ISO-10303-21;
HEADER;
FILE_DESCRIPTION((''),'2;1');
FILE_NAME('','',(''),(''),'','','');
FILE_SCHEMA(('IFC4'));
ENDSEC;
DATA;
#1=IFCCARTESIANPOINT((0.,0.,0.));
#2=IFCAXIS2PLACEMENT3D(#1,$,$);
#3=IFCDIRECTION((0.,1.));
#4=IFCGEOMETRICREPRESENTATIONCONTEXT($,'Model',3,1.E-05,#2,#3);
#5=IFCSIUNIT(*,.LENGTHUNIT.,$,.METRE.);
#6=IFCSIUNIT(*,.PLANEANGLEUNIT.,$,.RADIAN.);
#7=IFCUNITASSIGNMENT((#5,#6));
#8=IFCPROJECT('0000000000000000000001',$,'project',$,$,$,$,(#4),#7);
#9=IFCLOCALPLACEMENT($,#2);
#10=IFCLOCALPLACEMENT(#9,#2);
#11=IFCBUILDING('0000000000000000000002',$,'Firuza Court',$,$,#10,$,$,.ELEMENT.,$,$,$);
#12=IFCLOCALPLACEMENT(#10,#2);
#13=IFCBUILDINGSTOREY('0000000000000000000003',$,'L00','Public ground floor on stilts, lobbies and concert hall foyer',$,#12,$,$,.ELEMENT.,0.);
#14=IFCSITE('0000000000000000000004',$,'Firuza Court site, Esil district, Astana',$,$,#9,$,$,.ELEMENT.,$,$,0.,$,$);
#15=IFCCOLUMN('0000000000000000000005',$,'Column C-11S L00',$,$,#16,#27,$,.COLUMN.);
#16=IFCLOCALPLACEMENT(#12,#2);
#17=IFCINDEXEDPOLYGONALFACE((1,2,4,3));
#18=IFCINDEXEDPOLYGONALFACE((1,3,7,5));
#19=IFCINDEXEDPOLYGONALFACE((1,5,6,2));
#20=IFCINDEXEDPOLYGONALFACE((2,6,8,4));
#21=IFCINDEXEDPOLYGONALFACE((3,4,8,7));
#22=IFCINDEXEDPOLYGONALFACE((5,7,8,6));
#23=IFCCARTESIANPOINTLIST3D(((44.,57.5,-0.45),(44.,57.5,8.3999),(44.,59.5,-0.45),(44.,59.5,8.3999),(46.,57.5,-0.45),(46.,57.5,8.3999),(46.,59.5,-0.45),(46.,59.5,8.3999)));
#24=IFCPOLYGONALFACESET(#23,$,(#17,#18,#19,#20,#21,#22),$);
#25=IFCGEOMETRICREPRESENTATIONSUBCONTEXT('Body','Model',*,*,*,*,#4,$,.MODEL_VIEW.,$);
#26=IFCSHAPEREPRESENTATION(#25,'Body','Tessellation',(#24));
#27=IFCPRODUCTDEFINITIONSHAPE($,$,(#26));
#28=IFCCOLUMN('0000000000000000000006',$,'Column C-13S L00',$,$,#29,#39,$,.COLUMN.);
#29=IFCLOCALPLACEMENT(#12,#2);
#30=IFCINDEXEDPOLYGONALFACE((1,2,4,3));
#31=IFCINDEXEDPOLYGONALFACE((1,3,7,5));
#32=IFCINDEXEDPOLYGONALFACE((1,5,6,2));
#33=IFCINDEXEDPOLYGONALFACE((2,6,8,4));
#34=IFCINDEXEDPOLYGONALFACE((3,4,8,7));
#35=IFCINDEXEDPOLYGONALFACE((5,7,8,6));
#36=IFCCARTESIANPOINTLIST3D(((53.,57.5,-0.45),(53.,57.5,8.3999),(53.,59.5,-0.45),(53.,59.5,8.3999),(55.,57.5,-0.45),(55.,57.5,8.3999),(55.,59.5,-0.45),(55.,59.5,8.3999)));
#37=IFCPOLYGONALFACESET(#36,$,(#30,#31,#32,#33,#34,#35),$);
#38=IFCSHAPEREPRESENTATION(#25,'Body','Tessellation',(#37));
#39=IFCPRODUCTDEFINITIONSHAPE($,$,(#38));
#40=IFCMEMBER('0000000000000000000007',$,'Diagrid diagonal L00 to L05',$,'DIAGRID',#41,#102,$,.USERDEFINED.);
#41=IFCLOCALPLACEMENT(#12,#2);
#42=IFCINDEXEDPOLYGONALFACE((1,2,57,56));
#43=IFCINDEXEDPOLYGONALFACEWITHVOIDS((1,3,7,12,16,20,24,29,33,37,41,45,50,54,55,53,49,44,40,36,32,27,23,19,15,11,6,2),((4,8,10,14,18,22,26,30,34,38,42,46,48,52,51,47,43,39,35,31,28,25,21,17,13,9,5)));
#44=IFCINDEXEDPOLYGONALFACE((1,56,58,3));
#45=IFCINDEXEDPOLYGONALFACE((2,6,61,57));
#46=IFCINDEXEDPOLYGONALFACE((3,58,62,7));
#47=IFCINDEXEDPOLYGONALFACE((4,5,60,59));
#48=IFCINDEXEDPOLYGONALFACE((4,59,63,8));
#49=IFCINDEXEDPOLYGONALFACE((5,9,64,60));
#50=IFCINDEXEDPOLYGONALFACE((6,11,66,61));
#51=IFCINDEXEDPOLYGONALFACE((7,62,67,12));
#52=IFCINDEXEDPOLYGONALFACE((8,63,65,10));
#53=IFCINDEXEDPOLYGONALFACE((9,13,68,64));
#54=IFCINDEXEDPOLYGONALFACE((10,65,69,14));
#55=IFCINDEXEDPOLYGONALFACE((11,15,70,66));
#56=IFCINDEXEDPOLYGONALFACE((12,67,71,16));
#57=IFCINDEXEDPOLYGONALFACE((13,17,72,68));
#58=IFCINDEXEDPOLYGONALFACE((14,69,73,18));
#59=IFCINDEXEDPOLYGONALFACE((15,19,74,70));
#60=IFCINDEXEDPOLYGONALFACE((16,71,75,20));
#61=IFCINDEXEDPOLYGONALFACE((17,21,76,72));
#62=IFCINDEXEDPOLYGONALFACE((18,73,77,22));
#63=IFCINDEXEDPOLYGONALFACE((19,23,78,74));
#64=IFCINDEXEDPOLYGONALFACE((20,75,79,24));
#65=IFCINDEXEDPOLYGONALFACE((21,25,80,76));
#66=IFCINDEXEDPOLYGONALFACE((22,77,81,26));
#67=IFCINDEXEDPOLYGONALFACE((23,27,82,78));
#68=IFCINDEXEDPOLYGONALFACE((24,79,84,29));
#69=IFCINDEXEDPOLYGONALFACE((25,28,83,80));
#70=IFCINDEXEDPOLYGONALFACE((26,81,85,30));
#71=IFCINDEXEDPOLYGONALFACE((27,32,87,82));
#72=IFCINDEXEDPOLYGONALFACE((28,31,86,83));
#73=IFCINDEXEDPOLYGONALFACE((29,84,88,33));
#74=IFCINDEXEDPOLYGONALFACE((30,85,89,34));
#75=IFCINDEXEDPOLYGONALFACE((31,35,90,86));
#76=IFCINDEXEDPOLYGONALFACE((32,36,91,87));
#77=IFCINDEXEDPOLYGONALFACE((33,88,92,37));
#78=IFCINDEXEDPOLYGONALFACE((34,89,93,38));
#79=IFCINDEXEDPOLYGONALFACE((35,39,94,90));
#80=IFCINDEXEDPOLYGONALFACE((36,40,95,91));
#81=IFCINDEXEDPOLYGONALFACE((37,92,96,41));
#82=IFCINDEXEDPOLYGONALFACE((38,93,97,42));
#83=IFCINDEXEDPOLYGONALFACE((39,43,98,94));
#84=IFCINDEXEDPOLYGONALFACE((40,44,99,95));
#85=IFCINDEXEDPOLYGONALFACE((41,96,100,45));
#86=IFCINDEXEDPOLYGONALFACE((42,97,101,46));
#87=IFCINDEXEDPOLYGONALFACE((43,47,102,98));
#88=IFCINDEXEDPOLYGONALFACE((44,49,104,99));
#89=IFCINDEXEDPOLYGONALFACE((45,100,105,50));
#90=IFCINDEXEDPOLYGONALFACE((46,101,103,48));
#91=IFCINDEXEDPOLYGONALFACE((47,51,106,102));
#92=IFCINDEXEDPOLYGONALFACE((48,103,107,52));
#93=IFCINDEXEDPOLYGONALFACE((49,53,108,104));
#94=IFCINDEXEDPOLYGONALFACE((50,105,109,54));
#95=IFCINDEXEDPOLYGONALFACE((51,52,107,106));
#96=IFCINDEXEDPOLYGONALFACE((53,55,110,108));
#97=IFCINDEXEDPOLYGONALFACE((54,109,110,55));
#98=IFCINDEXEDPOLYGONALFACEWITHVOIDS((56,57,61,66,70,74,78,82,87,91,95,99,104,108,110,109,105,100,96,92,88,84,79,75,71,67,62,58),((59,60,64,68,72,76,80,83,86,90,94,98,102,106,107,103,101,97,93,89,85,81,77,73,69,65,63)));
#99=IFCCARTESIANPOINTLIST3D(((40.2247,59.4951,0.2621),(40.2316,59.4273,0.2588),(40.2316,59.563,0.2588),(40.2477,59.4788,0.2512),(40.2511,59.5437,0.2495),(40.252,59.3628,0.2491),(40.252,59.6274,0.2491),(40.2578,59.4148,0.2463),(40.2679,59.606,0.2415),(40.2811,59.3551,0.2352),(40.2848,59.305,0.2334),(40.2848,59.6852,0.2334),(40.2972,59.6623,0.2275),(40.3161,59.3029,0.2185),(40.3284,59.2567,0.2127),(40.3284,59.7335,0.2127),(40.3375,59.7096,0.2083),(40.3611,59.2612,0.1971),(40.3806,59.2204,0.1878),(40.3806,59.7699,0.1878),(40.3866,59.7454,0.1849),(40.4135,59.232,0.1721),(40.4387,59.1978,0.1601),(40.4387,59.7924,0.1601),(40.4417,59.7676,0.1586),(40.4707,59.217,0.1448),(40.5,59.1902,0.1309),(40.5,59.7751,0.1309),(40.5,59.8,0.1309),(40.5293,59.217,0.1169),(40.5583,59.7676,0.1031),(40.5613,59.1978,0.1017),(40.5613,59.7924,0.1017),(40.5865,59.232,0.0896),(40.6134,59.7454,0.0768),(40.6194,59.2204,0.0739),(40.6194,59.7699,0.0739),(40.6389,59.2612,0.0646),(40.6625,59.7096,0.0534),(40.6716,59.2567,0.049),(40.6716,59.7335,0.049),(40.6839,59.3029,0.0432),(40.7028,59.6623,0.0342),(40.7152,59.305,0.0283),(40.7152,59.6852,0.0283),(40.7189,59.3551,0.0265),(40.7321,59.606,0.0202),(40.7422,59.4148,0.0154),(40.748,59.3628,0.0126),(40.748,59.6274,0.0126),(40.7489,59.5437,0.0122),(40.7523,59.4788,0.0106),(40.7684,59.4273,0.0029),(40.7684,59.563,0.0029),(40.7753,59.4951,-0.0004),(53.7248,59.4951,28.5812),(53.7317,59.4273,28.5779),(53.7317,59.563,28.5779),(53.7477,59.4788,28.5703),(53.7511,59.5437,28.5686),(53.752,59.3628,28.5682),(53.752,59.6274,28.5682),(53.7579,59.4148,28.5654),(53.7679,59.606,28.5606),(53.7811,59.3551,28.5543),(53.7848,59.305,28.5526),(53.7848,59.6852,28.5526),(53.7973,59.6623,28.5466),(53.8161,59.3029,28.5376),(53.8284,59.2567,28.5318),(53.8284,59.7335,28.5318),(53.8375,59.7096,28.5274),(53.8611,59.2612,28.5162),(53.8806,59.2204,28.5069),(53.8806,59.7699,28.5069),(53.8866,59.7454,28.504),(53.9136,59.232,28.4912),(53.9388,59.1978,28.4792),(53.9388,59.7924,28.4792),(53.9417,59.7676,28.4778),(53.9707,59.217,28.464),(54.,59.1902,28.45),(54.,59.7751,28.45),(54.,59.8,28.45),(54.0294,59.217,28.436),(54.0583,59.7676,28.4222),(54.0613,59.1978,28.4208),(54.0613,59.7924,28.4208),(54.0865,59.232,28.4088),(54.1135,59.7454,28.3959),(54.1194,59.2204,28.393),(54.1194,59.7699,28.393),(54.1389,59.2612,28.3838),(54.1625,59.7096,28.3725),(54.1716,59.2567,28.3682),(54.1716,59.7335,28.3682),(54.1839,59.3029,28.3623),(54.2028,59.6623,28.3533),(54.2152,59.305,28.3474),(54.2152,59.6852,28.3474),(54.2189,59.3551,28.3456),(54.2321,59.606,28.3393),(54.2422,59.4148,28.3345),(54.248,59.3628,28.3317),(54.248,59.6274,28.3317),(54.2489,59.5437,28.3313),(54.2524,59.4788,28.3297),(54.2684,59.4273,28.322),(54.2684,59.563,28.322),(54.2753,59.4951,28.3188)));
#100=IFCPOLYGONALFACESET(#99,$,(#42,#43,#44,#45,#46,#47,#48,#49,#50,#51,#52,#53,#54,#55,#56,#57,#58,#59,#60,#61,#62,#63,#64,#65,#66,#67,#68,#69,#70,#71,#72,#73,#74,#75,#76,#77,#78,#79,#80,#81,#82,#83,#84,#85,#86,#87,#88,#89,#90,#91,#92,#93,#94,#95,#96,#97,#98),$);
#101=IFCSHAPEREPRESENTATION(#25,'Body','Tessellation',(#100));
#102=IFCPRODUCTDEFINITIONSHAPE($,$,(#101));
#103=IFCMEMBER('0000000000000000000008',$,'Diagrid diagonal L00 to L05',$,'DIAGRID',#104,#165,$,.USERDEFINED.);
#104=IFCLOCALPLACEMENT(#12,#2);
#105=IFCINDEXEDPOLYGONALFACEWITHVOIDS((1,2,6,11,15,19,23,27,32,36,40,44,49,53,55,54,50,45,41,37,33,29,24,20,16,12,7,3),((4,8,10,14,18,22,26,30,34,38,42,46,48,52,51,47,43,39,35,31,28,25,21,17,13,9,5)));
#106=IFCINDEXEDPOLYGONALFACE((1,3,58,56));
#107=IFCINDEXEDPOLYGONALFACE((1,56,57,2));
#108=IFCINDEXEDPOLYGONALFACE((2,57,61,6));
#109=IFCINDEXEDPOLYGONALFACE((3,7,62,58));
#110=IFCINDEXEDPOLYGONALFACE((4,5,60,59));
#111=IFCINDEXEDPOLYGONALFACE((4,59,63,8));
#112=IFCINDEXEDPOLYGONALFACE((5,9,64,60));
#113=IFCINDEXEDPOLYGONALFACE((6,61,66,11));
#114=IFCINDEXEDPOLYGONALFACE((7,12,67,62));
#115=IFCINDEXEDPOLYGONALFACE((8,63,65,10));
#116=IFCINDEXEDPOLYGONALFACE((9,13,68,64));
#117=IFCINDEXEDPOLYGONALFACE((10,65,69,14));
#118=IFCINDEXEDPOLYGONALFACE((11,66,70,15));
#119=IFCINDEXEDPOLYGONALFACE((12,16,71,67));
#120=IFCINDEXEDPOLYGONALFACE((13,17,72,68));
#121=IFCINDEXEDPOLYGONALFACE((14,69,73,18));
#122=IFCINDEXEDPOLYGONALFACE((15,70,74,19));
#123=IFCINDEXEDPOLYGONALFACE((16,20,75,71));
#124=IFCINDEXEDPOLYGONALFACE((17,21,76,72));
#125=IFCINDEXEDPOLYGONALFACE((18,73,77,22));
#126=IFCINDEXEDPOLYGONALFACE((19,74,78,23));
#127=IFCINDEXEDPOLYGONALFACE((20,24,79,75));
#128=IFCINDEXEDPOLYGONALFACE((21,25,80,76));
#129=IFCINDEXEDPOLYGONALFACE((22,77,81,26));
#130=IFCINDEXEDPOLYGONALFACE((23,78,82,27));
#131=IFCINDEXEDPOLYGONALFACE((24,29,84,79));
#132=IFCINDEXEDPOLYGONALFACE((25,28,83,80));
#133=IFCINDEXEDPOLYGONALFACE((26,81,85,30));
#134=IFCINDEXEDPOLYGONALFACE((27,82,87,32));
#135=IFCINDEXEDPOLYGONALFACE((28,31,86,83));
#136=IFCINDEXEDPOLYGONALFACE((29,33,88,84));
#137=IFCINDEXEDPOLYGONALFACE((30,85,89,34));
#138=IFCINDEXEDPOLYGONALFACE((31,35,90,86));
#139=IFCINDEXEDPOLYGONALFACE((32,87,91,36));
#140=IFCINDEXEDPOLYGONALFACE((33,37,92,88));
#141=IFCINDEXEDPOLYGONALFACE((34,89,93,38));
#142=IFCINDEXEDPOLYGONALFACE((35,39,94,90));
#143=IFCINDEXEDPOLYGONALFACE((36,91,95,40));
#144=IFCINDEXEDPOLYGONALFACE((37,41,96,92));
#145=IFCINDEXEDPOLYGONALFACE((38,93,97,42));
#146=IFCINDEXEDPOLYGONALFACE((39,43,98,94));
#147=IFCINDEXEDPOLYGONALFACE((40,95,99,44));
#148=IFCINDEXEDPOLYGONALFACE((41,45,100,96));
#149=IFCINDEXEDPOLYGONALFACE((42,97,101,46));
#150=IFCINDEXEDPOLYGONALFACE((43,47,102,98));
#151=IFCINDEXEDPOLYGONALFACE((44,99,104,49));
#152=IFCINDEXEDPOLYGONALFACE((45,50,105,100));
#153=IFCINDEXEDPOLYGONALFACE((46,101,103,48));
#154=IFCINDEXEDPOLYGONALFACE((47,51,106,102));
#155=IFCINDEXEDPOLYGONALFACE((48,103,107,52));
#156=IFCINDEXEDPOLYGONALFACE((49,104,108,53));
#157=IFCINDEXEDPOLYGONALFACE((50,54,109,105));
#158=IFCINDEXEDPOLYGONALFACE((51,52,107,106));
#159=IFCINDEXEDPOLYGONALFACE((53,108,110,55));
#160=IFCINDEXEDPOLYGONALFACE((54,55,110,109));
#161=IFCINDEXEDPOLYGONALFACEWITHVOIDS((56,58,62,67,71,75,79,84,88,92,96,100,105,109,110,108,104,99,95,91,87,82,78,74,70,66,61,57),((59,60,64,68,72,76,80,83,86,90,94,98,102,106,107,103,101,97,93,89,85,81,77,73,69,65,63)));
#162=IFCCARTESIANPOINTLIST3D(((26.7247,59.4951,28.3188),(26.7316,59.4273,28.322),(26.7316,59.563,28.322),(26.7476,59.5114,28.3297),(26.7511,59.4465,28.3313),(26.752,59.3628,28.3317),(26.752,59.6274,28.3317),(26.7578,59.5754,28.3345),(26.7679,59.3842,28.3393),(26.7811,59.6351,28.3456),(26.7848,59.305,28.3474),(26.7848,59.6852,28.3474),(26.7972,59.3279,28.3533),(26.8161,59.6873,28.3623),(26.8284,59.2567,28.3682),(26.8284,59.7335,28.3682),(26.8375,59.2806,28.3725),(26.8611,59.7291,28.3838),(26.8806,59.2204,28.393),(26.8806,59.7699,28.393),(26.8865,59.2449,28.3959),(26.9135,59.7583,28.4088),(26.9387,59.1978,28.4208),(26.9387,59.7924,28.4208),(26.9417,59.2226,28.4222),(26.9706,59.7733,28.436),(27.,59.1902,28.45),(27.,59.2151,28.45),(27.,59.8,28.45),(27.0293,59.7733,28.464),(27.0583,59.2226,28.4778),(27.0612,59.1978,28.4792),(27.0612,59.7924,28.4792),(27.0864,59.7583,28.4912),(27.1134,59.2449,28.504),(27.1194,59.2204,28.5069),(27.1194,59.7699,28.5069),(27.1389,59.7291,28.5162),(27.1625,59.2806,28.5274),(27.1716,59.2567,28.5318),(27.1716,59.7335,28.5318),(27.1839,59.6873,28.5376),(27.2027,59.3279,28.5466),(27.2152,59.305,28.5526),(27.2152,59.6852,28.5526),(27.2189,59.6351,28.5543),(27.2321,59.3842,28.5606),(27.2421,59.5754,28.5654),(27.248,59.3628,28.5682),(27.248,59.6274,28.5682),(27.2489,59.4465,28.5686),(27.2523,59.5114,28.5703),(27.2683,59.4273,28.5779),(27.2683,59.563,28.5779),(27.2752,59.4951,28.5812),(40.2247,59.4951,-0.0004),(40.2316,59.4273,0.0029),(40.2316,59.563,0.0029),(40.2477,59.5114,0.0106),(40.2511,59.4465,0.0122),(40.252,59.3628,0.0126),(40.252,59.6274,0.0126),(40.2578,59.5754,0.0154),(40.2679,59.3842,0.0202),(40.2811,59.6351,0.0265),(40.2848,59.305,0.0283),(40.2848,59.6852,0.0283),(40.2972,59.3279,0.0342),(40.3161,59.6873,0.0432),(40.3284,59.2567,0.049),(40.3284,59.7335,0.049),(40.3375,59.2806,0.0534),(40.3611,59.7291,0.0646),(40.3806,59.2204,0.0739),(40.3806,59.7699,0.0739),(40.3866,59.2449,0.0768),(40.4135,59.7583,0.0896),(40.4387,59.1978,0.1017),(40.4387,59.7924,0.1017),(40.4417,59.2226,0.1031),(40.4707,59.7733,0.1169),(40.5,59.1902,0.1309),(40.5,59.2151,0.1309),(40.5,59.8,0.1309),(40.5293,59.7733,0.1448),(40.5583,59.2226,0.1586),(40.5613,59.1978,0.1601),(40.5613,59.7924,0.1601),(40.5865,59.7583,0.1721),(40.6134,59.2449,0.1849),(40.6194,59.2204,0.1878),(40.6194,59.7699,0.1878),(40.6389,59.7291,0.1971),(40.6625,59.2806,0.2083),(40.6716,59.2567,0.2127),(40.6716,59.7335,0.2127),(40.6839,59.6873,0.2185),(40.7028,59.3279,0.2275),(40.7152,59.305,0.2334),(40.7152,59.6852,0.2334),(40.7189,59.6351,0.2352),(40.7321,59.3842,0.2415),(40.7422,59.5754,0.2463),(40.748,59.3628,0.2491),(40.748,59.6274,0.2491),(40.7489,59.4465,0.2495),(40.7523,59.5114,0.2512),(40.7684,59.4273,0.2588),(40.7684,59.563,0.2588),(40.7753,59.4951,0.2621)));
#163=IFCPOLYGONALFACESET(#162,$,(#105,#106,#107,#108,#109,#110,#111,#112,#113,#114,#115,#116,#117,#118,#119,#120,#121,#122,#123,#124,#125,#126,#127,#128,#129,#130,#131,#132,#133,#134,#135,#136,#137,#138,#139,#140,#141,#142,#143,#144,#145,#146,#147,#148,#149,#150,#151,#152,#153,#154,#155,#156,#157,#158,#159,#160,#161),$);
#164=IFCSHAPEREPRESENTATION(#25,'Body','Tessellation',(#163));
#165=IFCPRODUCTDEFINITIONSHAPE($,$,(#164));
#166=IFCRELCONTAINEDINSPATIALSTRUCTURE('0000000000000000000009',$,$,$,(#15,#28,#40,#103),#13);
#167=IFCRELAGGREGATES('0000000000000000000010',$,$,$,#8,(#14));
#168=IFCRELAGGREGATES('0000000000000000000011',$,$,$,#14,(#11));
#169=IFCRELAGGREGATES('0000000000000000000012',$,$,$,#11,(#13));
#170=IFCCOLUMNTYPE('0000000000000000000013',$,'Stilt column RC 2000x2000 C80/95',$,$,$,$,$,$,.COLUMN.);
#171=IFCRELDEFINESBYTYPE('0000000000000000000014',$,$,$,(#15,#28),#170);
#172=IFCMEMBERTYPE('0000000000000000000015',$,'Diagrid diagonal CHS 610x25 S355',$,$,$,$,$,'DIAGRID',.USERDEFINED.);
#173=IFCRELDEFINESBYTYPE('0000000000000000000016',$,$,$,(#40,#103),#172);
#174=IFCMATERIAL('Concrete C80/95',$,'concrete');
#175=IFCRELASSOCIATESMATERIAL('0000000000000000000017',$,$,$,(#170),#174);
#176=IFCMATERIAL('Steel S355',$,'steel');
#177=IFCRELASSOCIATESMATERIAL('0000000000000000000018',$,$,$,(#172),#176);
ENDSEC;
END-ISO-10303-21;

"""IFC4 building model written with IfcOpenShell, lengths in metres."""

from ifc_helpers import new_model, si_unit, direction, frame, origin, origin_2d, place, context, subcontext, project, spatial, rectangle, hollow_circle, extrude, material, material_profile, profile_set, type_object, element, save


model = new_model("IFC4")

# Units and contexts
model_context = context("Model", 3, precision=1e-05, world=origin(), true_north=direction((0.0, 1.0)))
body_context = subcontext(model_context, "Body", "Model", "MODEL_VIEW")
ifc_project = project(units=[si_unit("LENGTHUNIT", "METRE"), si_unit("PLANEANGLEUNIT", "RADIAN")], contexts=[model_context])

# Site, building, storey
site_placement = place(None, origin())
site = spatial("IfcSite", under=ifc_project, at=site_placement, Name="Firuza Court site, Esil district, Astana", CompositionType="ELEMENT", RefElevation=0.0)
building_placement = place(site_placement, origin())
building = spatial("IfcBuilding", under=site, at=building_placement, Name="Firuza Court", CompositionType="ELEMENT")
storey_placement = place(building_placement, origin())
storey = spatial("IfcBuildingStorey", under=building, at=storey_placement, Name="L00", Description="Public ground floor on stilts, lobbies and concert hall foyer", CompositionType="ELEMENT", Elevation=0.0)

# Columns
ifc_material_1 = material(Name="Concrete C80/95", Category="concrete")
ifc_material_profile_1 = material_profile(ifc_material_1, rectangle(XDim=2.0, YDim=2.0, at=origin_2d()), Name="RC 2000x2000")
ifc_profile_set_1 = profile_set([ifc_material_profile_1], Name="Concrete C80/95")
column_type = type_object("IfcColumnType", Name="Stilt column RC 2000x2000 C80/95", PredefinedType="COLUMN", material=ifc_profile_set_1)
for number, where, z_axis, x_axis, name in (
    (1, (45.0, 58.5, -0.45), (0.0, 0.0, 1.0), (1.0, 0.0, 0.0), "Column C-11S L00"),
    (2, (54.0, 58.5, -0.45), (0.0, 0.0, 1.0), (1.0, 0.0, 0.0), "Column C-13S L00"),
):
    element("IfcColumn", number, at=place(storey_placement, frame(where, z_axis=z_axis, x_axis=x_axis)), inside=storey, type_object=column_type, Name=name, PredefinedType="COLUMN", context=body_context, shape_type="SweptSolid", body=[
        extrude(rectangle(XDim=2.0, YDim=2.0, at=origin_2d()), origin(), (0.0, 0.0, 1.0), 8.8499),
    ])

# Members
ifc_material_2 = material(Name="Steel S355", Category="steel")
ifc_material_profile_2 = material_profile(ifc_material_2, hollow_circle(Radius=0.3049, WallThickness=0.0249, at=origin_2d()), Name="CHS 610x25")
ifc_profile_set_2 = profile_set([ifc_material_profile_2], Name="Steel S355")
member_type_1 = type_object("IfcMemberType", Name="Diagrid diagonal CHS 610x25 S355", ElementType="DIAGRID", PredefinedType="USERDEFINED", material=ifc_profile_set_2)
for number, where, z_axis, x_axis, name in (
    (3, (40.5, 59.4951, 0.1309), (0.430316, 0.0, 0.902678), (0.0, 1.0, 0.0), "Diagrid diagonal L00 to L05"),
    (4, (40.5, 59.4951, 0.1309), (-0.430316, 0.0, 0.902678), (0.0, -1.0, 0.0), "Diagrid diagonal L00 to L05"),
):
    element("IfcMember", number, at=place(storey_placement, frame(where, z_axis=z_axis, x_axis=x_axis)), inside=storey, type_object=member_type_1, Name=name, ObjectType="DIAGRID", PredefinedType="USERDEFINED", context=body_context, shape_type="SweptSolid", body=[
        extrude(hollow_circle(Radius=0.3049, WallThickness=0.0249, at=origin_2d()), origin(), (0.0, 0.0, 1.0), 31.3723),
    ])

save(model, "model.ifc")
